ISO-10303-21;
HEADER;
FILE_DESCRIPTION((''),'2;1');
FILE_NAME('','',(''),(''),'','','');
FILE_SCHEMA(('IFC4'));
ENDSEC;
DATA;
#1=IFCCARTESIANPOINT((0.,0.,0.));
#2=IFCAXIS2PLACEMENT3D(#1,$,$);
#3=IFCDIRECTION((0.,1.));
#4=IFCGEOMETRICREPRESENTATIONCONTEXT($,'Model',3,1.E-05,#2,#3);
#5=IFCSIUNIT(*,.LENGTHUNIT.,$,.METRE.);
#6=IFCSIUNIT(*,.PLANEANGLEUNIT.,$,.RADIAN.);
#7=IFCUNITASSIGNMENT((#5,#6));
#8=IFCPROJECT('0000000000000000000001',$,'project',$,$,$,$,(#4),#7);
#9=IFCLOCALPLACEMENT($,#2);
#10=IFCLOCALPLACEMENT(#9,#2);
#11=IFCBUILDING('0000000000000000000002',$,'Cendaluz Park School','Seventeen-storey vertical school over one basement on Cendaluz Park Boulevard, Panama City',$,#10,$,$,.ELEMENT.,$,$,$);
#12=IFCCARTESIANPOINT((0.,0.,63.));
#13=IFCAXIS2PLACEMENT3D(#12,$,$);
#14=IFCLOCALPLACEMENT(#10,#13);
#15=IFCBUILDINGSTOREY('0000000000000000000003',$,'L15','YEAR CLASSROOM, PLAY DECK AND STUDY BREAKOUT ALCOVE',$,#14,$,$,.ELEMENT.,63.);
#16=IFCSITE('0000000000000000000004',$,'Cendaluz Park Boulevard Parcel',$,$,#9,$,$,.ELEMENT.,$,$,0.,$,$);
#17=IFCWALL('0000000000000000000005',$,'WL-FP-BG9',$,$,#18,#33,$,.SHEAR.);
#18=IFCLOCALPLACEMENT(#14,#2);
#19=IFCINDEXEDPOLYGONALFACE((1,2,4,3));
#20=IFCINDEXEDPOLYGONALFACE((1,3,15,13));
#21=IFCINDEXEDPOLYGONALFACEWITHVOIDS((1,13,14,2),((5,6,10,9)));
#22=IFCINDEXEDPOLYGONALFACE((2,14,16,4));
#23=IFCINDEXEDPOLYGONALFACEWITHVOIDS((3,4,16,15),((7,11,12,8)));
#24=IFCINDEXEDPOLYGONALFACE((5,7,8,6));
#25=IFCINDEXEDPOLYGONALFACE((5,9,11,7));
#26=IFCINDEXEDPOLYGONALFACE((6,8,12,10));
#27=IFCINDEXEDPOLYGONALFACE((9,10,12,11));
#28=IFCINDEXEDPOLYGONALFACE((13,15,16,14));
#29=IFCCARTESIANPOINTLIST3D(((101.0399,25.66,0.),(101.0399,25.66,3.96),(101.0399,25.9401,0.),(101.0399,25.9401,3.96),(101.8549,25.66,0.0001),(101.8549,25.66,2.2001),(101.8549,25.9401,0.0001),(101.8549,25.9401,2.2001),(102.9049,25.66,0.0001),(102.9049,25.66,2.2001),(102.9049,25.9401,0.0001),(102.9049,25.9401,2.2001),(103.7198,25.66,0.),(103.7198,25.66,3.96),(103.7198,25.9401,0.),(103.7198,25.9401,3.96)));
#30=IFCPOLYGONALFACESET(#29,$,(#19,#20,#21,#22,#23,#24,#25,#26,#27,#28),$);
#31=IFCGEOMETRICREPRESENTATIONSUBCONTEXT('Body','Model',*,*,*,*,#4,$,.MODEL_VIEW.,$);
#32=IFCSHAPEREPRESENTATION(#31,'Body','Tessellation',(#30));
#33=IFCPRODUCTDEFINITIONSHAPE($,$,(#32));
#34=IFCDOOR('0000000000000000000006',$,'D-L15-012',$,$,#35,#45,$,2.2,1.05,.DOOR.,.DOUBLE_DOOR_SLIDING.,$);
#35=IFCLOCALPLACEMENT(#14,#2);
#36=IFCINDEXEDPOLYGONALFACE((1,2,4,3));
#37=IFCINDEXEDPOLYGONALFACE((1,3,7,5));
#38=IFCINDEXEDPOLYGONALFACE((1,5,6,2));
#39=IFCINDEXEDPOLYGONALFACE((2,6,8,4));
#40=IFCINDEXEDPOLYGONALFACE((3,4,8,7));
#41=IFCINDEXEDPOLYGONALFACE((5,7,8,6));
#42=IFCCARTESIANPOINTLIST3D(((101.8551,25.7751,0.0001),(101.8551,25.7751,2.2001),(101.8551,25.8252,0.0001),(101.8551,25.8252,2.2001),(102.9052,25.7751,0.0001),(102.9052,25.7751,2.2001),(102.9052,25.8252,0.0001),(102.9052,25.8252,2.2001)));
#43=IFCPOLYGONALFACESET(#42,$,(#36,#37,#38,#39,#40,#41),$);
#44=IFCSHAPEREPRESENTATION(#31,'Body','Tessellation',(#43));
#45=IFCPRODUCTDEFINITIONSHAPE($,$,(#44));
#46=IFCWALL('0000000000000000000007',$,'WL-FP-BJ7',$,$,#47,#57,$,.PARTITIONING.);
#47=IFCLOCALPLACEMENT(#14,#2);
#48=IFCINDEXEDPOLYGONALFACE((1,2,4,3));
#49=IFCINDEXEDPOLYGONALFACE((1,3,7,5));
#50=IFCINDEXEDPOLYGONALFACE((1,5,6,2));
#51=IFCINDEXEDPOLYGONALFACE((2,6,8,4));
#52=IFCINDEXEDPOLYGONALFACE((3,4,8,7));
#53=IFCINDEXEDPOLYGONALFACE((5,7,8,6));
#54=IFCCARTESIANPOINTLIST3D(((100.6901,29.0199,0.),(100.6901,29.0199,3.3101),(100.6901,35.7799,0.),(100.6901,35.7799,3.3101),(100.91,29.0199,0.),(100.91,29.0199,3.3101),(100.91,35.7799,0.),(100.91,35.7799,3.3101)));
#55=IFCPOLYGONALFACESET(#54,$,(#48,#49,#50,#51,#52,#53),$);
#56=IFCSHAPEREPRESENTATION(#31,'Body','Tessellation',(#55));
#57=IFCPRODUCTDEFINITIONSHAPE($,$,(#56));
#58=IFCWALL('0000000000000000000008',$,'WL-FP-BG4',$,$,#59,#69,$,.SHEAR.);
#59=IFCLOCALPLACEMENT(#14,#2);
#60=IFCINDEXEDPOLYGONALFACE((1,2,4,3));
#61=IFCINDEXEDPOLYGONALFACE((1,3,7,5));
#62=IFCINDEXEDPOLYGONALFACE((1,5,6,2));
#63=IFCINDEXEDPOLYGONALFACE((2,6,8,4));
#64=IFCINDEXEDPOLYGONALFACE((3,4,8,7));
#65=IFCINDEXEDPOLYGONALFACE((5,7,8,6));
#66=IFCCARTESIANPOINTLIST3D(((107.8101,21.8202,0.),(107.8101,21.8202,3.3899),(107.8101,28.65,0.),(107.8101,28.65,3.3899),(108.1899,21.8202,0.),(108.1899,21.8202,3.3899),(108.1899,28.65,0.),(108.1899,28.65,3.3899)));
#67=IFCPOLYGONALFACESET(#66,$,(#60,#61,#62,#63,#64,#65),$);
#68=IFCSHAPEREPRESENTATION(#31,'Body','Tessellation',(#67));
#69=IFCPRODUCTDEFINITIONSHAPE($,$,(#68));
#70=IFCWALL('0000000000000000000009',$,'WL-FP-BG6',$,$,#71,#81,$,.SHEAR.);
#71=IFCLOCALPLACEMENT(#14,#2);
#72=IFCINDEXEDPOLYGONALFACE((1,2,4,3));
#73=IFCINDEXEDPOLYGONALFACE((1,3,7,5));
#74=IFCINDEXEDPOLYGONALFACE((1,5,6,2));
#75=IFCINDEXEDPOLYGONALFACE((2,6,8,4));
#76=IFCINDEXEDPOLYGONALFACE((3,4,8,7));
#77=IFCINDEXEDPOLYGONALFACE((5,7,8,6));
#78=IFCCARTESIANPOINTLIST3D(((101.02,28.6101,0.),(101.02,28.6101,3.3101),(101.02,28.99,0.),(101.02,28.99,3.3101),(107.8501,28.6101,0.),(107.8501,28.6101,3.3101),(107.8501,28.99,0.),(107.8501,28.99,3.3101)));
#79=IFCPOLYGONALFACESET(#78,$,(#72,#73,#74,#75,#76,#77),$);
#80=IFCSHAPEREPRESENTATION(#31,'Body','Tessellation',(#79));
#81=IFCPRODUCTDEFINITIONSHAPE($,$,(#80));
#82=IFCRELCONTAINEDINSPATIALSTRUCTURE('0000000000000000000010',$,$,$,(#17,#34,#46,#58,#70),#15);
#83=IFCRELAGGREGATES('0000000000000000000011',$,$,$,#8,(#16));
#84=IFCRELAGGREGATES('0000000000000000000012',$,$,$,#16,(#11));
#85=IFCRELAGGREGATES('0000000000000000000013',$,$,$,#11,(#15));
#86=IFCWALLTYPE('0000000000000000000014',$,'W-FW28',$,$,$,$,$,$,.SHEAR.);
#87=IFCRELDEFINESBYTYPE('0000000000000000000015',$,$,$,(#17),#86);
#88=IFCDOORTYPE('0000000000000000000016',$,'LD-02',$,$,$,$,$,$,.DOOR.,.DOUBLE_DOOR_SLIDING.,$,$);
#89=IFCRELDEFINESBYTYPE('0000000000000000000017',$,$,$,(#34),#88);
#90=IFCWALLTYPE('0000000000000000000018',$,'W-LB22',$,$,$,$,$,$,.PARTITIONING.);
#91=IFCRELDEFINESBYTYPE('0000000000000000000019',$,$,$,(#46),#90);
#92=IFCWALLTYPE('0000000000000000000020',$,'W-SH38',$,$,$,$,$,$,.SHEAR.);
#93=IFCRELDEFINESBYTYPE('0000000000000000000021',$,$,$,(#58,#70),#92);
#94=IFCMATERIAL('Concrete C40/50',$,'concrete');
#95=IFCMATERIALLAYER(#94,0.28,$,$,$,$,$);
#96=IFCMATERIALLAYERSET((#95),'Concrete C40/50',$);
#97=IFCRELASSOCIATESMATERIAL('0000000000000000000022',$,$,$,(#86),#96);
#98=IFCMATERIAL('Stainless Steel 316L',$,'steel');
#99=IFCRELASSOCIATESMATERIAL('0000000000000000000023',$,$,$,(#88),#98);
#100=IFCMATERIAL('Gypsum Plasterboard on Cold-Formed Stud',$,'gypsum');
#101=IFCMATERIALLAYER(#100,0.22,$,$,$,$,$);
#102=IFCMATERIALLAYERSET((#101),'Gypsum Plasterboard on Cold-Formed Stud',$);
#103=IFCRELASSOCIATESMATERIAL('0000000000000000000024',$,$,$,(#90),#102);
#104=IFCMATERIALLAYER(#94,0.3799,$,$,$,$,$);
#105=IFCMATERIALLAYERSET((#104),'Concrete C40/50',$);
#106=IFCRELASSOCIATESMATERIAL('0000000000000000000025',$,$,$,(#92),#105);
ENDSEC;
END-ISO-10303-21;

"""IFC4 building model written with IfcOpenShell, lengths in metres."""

from ifc_helpers import new_model, si_unit, direction, frame, frame_2d, origin, place, context, subcontext, project, spatial, rectangle, extrude, material, layer, layer_set, type_object, element, fill, save


model = new_model("IFC4")

# Units and contexts
model_context = context("Model", 3, precision=1e-05, world=origin(), true_north=direction((0.0, 1.0)))
body_context = subcontext(model_context, "Body", "Model", "MODEL_VIEW")
ifc_project = project(units=[si_unit("LENGTHUNIT", "METRE"), si_unit("PLANEANGLEUNIT", "RADIAN")], contexts=[model_context])

# Site, building, storey
site_placement = place(None, origin())
site = spatial("IfcSite", under=ifc_project, at=site_placement, Name="Cendaluz Park Boulevard Parcel", CompositionType="ELEMENT", RefElevation=0.0)
building_placement = place(site_placement, origin())
building = spatial("IfcBuilding", under=site, at=building_placement, Name="Cendaluz Park School", Description="Seventeen-storey vertical school over one basement on Cendaluz Park Boulevard, Panama City", CompositionType="ELEMENT")
storey_placement = place(building_placement, frame((0.0, 0.0, 63.0)))
storey = spatial("IfcBuildingStorey", under=building, at=storey_placement, Name="L15", Description="YEAR CLASSROOM, PLAY DECK AND STUDY BREAKOUT ALCOVE", CompositionType="ELEMENT", Elevation=63.0)

# Shared definitions
ifc_material_1 = material(Name="Concrete C40/50", Category="concrete")
ifc_layer_1 = layer(ifc_material_1, 0.28)
ifc_layer_set_1 = layer_set([ifc_layer_1], Name="Concrete C40/50")
wall_type_1 = type_object("IfcWallType", Name="W-FW28", PredefinedType="SHEAR", material=ifc_layer_set_1)

# Wall, opening, door
wall_1_placement = place(storey_placement, frame((101.04, 25.8, 0.0), z_axis=(0.0, 0.0, 1.0), x_axis=(1.0, 0.0, 0.0)))
wall_1 = element("IfcWall", 1, at=wall_1_placement, inside=storey, type_object=wall_type_1, Name="WL-FP-BG9", PredefinedType="SHEAR", context=body_context, shape_type="SweptSolid", body=[
    extrude(rectangle(XDim=2.6799, YDim=0.28, at=frame_2d((1.3398, 0.0))), origin(), (0.0, 0.0, 1.0), 3.96),
])
opening_placement = place(wall_1_placement, frame((0.8149, 0.0, 0.0)))
opening = element("IfcOpeningElement", 2, at=opening_placement, cuts=wall_1, PredefinedType="OPENING", context=body_context, shape_type="SweptSolid", body=[
    extrude(rectangle(XDim=1.05, YDim=2.2, at=frame_2d((0.5249, 1.1001))), frame((0.0, 0.1521, 0.0), z_axis=(0.0, -1.0, 0.0), x_axis=(1.0, 0.0, 0.0)), (0.0, 0.0, 1.0), 0.304),
])
ifc_material_2 = material(Name="Stainless Steel 316L", Category="steel")
door_type = type_object("IfcDoorType", Name="LD-02", OperationType="DOUBLE_DOOR_SLIDING", PredefinedType="DOOR", material=ifc_material_2)
door_placement = place(opening_placement, frame((1.05, 0.0, 0.0), z_axis=(0.0, 0.0, 1.0), x_axis=(-1.0, 0.0, 0.0)))
door = element("IfcDoor", 3, at=door_placement, inside=storey, type_object=door_type, Name="D-L15-012", OperationType="DOUBLE_DOOR_SLIDING", OverallHeight=2.2, OverallWidth=1.05, PredefinedType="DOOR", context=body_context, shape_type="SweptSolid", body=[
    extrude(rectangle(XDim=1.05, YDim=2.2, at=frame_2d((0.5249, 1.1001))), frame((0.0, 0.0249, 0.0), z_axis=(0.0, -1.0, 0.0), x_axis=(1.0, 0.0, 0.0)), (0.0, 0.0, 1.0), 0.05),
])
fill(opening, door)

# Walls
ifc_material_3 = material(Name="Gypsum Plasterboard on Cold-Formed Stud", Category="gypsum")
ifc_layer_2 = layer(ifc_material_3, 0.22)
ifc_layer_set_2 = layer_set([ifc_layer_2], Name="Gypsum Plasterboard on Cold-Formed Stud")
wall_type_2 = type_object("IfcWallType", Name="W-LB22", PredefinedType="PARTITIONING", material=ifc_layer_set_2)
wall_2_placement = place(storey_placement, frame((100.8, 29.02, 0.0), z_axis=(0.0, 0.0, 1.0), x_axis=(0.0, 1.0, 0.0)))
element("IfcWall", 4, at=wall_2_placement, inside=storey, type_object=wall_type_2, Name="WL-FP-BJ7", PredefinedType="PARTITIONING", context=body_context, shape_type="SweptSolid", body=[
    extrude(rectangle(XDim=6.76, YDim=0.22, at=frame_2d((3.3799, 0.0))), origin(), (0.0, 0.0, 1.0), 3.3101),
])
ifc_layer_3 = layer(ifc_material_1, 0.3799)
ifc_layer_set_3 = layer_set([ifc_layer_3], Name="Concrete C40/50")
wall_type_3 = type_object("IfcWallType", Name="W-SH38", PredefinedType="SHEAR", material=ifc_layer_set_3)
wall_3_placement = place(storey_placement, frame((108.0, 21.8201, 0.0), z_axis=(0.0, 0.0, 1.0), x_axis=(0.0, 1.0, 0.0)))
element("IfcWall", 5, at=wall_3_placement, inside=storey, type_object=wall_type_3, Name="WL-FP-BG4", PredefinedType="SHEAR", context=body_context, shape_type="SweptSolid", body=[
    extrude(rectangle(XDim=6.8298, YDim=0.3799, at=frame_2d((3.415, 0.0))), origin(), (0.0, 0.0, 1.0), 3.3899),
])
wall_4_placement = place(storey_placement, frame((101.02, 28.8, 0.0), z_axis=(0.0, 0.0, 1.0), x_axis=(1.0, 0.0, 0.0)))
element("IfcWall", 6, at=wall_4_placement, inside=storey, type_object=wall_type_3, Name="WL-FP-BG6", PredefinedType="SHEAR", context=body_context, shape_type="SweptSolid", body=[
    extrude(rectangle(XDim=6.8301, YDim=0.3799, at=frame_2d((3.415, 0.0))), origin(), (0.0, 0.0, 1.0), 3.3101),
])

save(model, "model.ifc")
